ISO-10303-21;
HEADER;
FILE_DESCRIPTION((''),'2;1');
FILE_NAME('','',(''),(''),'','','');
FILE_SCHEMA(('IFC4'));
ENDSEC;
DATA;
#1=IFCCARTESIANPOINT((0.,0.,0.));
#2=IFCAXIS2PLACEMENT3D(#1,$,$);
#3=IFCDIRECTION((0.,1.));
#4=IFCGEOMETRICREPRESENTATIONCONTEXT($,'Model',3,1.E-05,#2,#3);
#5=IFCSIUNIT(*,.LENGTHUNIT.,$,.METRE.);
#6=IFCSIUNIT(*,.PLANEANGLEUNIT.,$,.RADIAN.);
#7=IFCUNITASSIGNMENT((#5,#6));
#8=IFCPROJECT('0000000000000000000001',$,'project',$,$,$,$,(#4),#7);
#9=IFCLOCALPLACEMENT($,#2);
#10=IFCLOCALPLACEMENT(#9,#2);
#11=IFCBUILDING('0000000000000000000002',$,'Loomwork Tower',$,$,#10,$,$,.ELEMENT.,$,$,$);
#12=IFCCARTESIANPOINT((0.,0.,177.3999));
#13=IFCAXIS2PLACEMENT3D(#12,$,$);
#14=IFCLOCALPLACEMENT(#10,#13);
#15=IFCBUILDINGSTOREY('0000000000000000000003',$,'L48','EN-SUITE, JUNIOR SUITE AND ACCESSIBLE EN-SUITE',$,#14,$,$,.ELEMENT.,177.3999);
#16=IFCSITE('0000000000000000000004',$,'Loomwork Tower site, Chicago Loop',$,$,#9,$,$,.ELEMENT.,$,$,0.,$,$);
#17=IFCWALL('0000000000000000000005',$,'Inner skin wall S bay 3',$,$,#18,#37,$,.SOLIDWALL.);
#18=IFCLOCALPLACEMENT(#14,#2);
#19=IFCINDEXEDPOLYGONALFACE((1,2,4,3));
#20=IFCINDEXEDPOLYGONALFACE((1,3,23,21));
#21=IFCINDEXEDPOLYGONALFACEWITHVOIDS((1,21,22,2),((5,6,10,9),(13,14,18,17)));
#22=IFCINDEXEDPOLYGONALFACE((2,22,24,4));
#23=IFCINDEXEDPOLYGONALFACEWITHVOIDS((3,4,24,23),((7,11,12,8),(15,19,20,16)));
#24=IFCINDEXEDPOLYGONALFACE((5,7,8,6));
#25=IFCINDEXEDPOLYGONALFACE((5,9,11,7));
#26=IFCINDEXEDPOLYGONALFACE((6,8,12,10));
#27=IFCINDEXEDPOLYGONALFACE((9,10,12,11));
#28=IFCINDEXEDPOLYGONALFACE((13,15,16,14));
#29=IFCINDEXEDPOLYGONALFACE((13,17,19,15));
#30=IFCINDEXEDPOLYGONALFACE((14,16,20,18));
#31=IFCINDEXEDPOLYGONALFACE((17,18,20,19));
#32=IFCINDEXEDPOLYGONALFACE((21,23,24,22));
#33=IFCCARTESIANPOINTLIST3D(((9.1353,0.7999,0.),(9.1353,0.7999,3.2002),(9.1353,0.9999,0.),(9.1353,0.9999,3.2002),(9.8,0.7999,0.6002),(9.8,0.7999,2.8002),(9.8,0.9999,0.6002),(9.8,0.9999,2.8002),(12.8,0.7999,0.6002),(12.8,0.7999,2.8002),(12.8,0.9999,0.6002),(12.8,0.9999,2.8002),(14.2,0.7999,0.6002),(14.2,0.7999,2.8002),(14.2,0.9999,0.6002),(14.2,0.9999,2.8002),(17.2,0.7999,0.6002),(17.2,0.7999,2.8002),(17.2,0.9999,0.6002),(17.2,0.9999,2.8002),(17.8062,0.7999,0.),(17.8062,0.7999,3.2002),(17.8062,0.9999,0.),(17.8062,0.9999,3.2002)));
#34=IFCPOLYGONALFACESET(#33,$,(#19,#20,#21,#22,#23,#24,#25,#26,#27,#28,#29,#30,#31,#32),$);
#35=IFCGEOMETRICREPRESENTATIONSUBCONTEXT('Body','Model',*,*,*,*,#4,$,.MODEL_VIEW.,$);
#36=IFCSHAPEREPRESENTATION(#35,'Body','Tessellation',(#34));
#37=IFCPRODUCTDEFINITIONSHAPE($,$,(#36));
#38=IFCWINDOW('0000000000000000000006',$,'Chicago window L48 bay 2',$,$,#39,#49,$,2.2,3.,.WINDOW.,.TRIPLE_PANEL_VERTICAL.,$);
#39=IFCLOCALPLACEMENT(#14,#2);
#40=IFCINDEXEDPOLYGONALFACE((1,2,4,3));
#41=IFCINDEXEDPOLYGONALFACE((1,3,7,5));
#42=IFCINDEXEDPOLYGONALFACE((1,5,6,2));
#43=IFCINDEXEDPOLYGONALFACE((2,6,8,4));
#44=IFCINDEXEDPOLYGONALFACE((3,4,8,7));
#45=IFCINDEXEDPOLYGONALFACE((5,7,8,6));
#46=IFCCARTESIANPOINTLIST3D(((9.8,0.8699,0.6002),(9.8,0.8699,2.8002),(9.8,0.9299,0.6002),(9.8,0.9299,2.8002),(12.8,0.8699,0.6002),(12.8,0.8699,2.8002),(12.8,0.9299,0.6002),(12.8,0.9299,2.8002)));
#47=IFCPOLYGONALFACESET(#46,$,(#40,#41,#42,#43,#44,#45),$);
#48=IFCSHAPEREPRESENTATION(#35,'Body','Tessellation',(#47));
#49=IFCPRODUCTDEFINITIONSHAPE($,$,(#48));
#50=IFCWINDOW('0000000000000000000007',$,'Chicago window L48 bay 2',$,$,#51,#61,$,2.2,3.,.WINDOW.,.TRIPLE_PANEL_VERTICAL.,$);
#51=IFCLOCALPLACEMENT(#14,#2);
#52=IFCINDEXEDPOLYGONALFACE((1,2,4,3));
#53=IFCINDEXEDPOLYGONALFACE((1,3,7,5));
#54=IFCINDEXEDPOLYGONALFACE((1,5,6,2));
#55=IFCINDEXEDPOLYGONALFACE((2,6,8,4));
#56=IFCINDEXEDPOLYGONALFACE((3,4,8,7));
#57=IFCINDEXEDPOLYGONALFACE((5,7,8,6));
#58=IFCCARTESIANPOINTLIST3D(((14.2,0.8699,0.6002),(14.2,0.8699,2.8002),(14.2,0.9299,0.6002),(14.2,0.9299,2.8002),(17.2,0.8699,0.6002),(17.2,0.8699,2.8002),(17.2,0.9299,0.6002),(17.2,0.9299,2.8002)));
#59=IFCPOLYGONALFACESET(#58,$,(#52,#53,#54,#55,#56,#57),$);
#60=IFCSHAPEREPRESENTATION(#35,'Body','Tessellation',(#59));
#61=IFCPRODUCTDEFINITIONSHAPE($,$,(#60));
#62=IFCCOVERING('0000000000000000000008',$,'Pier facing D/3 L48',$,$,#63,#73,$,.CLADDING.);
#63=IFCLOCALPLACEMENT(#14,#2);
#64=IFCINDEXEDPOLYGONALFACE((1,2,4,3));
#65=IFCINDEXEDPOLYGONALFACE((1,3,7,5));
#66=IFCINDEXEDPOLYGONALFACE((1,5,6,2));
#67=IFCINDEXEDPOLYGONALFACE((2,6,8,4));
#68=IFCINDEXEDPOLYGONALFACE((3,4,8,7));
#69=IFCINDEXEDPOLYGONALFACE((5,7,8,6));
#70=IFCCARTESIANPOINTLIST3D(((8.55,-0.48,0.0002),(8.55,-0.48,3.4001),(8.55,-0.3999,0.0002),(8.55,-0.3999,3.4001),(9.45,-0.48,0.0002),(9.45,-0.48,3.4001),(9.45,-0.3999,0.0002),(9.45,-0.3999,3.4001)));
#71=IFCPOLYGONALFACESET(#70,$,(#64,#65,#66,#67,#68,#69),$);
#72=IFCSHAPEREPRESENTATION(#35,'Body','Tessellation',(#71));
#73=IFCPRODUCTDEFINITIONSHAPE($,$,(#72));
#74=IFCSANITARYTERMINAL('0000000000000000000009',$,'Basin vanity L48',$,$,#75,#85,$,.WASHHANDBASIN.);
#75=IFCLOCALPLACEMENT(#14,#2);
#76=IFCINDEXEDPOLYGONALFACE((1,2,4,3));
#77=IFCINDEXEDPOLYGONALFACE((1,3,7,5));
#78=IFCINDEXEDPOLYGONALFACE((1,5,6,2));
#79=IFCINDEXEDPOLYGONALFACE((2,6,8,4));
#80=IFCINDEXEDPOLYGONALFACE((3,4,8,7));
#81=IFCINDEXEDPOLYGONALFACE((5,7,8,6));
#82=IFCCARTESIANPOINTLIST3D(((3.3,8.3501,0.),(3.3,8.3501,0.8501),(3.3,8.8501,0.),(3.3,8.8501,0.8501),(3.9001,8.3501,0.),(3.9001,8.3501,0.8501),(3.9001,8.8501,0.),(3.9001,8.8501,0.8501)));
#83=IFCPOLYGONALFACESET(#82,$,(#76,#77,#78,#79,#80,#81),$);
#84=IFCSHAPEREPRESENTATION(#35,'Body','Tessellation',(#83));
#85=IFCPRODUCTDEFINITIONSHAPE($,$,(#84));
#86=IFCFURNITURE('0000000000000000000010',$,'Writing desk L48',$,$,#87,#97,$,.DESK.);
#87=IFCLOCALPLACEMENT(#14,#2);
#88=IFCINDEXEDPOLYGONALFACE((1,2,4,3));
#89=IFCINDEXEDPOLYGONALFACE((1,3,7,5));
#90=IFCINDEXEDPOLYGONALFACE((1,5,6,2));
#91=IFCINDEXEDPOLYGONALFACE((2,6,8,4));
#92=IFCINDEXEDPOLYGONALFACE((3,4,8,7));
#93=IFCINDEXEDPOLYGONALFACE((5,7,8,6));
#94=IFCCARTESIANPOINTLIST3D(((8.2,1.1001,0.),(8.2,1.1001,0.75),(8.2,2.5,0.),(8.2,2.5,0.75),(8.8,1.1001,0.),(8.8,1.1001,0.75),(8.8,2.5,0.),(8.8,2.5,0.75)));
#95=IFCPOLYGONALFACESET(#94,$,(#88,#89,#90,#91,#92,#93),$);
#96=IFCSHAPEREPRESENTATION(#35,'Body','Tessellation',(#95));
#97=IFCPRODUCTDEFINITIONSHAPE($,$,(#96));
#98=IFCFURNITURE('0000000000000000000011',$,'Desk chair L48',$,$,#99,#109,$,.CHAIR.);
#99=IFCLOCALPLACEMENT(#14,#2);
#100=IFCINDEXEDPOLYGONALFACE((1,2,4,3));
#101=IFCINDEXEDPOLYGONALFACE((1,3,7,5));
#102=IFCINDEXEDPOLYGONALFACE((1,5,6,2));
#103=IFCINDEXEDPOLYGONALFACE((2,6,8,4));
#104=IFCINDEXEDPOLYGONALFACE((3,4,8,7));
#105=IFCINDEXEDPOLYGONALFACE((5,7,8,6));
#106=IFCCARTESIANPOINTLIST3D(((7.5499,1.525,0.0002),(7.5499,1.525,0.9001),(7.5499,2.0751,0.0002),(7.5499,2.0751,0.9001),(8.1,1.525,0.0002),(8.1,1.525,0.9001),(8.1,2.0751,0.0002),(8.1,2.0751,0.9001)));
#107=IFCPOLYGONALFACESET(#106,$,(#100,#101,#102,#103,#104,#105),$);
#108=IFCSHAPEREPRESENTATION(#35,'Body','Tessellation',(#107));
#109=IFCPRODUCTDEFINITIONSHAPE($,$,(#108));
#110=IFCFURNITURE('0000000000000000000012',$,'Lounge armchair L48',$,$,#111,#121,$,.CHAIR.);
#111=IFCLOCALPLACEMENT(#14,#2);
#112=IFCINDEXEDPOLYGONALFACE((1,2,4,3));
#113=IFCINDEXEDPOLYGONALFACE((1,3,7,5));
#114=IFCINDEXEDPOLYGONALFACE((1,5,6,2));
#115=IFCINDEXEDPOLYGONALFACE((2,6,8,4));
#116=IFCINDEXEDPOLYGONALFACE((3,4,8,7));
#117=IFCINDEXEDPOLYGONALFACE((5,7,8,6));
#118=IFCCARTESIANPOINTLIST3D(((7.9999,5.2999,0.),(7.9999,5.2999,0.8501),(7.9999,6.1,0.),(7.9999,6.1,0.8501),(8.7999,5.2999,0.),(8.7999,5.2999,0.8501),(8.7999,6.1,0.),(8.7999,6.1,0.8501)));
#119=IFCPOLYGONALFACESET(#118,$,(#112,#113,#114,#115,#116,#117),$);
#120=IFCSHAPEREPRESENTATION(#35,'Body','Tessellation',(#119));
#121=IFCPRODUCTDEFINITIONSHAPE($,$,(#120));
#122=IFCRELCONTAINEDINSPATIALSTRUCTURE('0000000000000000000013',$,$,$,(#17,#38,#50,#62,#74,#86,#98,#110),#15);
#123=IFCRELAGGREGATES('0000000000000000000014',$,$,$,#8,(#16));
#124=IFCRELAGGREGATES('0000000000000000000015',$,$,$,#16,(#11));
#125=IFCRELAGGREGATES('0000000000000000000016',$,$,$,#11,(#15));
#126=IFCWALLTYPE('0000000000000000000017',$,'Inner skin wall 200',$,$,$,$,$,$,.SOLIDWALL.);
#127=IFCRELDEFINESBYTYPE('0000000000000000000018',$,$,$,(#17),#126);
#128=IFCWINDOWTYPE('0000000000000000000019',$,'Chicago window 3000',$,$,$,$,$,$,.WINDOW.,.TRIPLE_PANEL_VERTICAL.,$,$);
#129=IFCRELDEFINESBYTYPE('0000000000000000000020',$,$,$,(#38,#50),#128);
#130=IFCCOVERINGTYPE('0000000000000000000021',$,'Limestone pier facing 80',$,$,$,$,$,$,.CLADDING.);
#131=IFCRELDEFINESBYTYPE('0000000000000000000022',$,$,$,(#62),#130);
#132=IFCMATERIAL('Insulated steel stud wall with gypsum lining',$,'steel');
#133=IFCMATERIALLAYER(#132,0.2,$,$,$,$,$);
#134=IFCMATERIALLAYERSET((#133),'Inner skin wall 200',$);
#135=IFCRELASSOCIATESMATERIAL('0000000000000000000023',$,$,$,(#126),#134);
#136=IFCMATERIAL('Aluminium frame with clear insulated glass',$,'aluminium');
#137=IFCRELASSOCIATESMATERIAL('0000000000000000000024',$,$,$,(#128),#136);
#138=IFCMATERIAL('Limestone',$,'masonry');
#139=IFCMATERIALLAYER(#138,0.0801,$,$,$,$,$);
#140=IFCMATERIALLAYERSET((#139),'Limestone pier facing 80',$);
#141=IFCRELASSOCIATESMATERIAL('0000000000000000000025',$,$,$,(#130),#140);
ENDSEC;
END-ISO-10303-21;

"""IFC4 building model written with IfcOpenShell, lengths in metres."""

from ifc_helpers import new_model, si_unit, direction, frame, frame_2d, origin, origin_2d, place, context, subcontext, project, spatial, rectangle, extrude, material, layer, layer_set, type_object, element, fill, save


model = new_model("IFC4")

# Units and contexts
model_context = context("Model", 3, precision=1e-05, world=origin(), true_north=direction((0.0, 1.0)))
body_context = subcontext(model_context, "Body", "Model", "MODEL_VIEW")
ifc_project = project(units=[si_unit("LENGTHUNIT", "METRE"), si_unit("PLANEANGLEUNIT", "RADIAN")], contexts=[model_context])

# Site, building, storey
site_placement = place(None, origin())
site = spatial("IfcSite", under=ifc_project, at=site_placement, Name="Loomwork Tower site, Chicago Loop", CompositionType="ELEMENT", RefElevation=0.0)
building_placement = place(site_placement, origin())
building = spatial("IfcBuilding", under=site, at=building_placement, Name="Loomwork Tower", CompositionType="ELEMENT")
storey_placement = place(building_placement, frame((0.0, 0.0, 177.3999)))
storey = spatial("IfcBuildingStorey", under=building, at=storey_placement, Name="L48", Description="EN-SUITE, JUNIOR SUITE AND ACCESSIBLE EN-SUITE", CompositionType="ELEMENT", Elevation=177.3999)

# Shared definitions
ifc_material_1 = material(Name="Insulated steel stud wall with gypsum lining", Category="steel")
ifc_layer_1 = layer(ifc_material_1, 0.2)
ifc_layer_set_1 = layer_set([ifc_layer_1], Name="Inner skin wall 200")
wall_type_1 = type_object("IfcWallType", Name="Inner skin wall 200", PredefinedType="SOLIDWALL", material=ifc_layer_set_1)

# Wall, openings, windows
wall_1_placement = place(storey_placement, frame((9.1353, 0.8999, 0.0), z_axis=(0.0, 0.0, 1.0), x_axis=(1.0, 0.0, 0.0)))
wall_1 = element("IfcWall", 1, at=wall_1_placement, inside=storey, type_object=wall_type_1, Name="Inner skin wall S bay 3", PredefinedType="SOLIDWALL", context=body_context, shape_type="SweptSolid", body=[
    extrude(rectangle(XDim=8.6709, YDim=0.2, at=frame_2d((4.3354, 0.0))), origin(), (0.0, 0.0, 1.0), 3.2002),
])
opening_1_placement = place(wall_1_placement, frame((0.6648, 0.0, 0.6001)))
opening_1 = element("IfcOpeningElement", 2, at=opening_1_placement, cuts=wall_1, PredefinedType="OPENING", context=body_context, shape_type="SweptSolid", body=[
    extrude(rectangle(XDim=3.0, YDim=2.2, at=frame_2d((1.5, 1.1001))), frame((0.0, 0.1099, 0.0), z_axis=(0.0, -1.0, 0.0), x_axis=(1.0, 0.0, 0.0)), (0.0, 0.0, 1.0), 0.22),
])
opening_2_placement = place(wall_1_placement, frame((5.0647, 0.0, 0.6001)))
opening_2 = element("IfcOpeningElement", 3, at=opening_2_placement, cuts=wall_1, PredefinedType="OPENING", context=body_context, shape_type="SweptSolid", body=[
    extrude(rectangle(XDim=3.0, YDim=2.2, at=frame_2d((1.5, 1.1001))), frame((0.0, 0.1099, 0.0), z_axis=(0.0, -1.0, 0.0), x_axis=(1.0, 0.0, 0.0)), (0.0, 0.0, 1.0), 0.22),
])
ifc_material_2 = material(Name="Aluminium frame with clear insulated glass", Category="aluminium")
window_type = type_object("IfcWindowType", Name="Chicago window 3000", PartitioningType="TRIPLE_PANEL_VERTICAL", PredefinedType="WINDOW", material=ifc_material_2)
window_1_placement = place(opening_1_placement, origin())
window_1 = element("IfcWindow", 4, at=window_1_placement, inside=storey, type_object=window_type, Name="Chicago window L48 bay 2", OverallHeight=2.2, OverallWidth=3.0, PartitioningType="TRIPLE_PANEL_VERTICAL", PredefinedType="WINDOW", context=body_context, shape_type="SweptSolid", body=[
    extrude(rectangle(XDim=3.0, YDim=2.2, at=frame_2d((1.5, 1.1001))), frame((0.0, 0.03, 0.0), z_axis=(0.0, -1.0, 0.0), x_axis=(1.0, 0.0, 0.0)), (0.0, 0.0, 1.0), 0.0601),
])
fill(opening_1, window_1)
window_2_placement = place(opening_2_placement, origin())
window_2 = element("IfcWindow", 5, at=window_2_placement, inside=storey, type_object=window_type, Name="Chicago window L48 bay 2", OverallHeight=2.2, OverallWidth=3.0, PartitioningType="TRIPLE_PANEL_VERTICAL", PredefinedType="WINDOW", context=body_context, shape_type="SweptSolid", body=[
    extrude(rectangle(XDim=3.0, YDim=2.2, at=frame_2d((1.5, 1.1001))), frame((0.0, 0.03, 0.0), z_axis=(0.0, -1.0, 0.0), x_axis=(1.0, 0.0, 0.0)), (0.0, 0.0, 1.0), 0.0601),
])
fill(opening_2, window_2)

# Covering
ifc_material_3 = material(Name="Limestone", Category="masonry")
ifc_layer_2 = layer(ifc_material_3, 0.0801)
ifc_layer_set_2 = layer_set([ifc_layer_2], Name="Limestone pier facing 80")
covering_type = type_object("IfcCoveringType", Name="Limestone pier facing 80", PredefinedType="CLADDING", material=ifc_layer_set_2)
covering_placement = place(storey_placement, frame((9.0, -0.4399, 0.0002), z_axis=(0.0, 0.0, 1.0), x_axis=(1.0, 0.0, 0.0)))
element("IfcCovering", 6, at=covering_placement, inside=storey, type_object=covering_type, Name="Pier facing D/3 L48", PredefinedType="CLADDING", context=body_context, shape_type="SweptSolid", body=[
    extrude(rectangle(XDim=0.8999, YDim=0.0801, at=origin_2d()), origin(), (0.0, 0.0, 1.0), 3.3999),
])

# Sanitary terminal
sanitary_terminal_placement = place(storey_placement, frame((3.6001, 8.6001, 0.0), z_axis=(0.0, 0.0, 1.0), x_axis=(1.0, 0.0, 0.0)))
element("IfcSanitaryTerminal", 7, at=sanitary_terminal_placement, inside=storey, Name="Basin vanity L48", PredefinedType="WASHHANDBASIN", context=body_context, shape_type="SweptSolid", body=[
    extrude(rectangle(XDim=0.6001, YDim=0.5, at=origin_2d()), origin(), (0.0, 0.0, 1.0), 0.8501),
])

# Furniture
furniture_1_placement = place(storey_placement, frame((8.5, 1.8, 0.0), z_axis=(0.0, 0.0, 1.0), x_axis=(1.0, 0.0, 0.0)))
element("IfcFurniture", 8, at=furniture_1_placement, inside=storey, Name="Writing desk L48", PredefinedType="DESK", context=body_context, shape_type="SweptSolid", body=[
    extrude(rectangle(XDim=0.6001, YDim=1.3999, at=origin_2d()), origin(), (0.0, 0.0, 1.0), 0.75),
])
furniture_2_placement = place(storey_placement, frame((7.825, 1.8, 0.0002), z_axis=(0.0, 0.0, 1.0), x_axis=(1.0, 0.0, 0.0)))
element("IfcFurniture", 9, at=furniture_2_placement, inside=storey, Name="Desk chair L48", PredefinedType="CHAIR", context=body_context, shape_type="SweptSolid", body=[
    extrude(rectangle(XDim=0.55, YDim=0.55, at=origin_2d()), origin(), (0.0, 0.0, 1.0), 0.8999),
])
furniture_3_placement = place(storey_placement, frame((8.3999, 5.7, 0.0), z_axis=(0.0, 0.0, 1.0), x_axis=(1.0, 0.0, 0.0)))
element("IfcFurniture", 10, at=furniture_3_placement, inside=storey, Name="Lounge armchair L48", PredefinedType="CHAIR", context=body_context, shape_type="SweptSolid", body=[
    extrude(rectangle(XDim=0.8, YDim=0.8, at=origin_2d()), origin(), (0.0, 0.0, 1.0), 0.8501),
])

save(model, "model.ifc")
